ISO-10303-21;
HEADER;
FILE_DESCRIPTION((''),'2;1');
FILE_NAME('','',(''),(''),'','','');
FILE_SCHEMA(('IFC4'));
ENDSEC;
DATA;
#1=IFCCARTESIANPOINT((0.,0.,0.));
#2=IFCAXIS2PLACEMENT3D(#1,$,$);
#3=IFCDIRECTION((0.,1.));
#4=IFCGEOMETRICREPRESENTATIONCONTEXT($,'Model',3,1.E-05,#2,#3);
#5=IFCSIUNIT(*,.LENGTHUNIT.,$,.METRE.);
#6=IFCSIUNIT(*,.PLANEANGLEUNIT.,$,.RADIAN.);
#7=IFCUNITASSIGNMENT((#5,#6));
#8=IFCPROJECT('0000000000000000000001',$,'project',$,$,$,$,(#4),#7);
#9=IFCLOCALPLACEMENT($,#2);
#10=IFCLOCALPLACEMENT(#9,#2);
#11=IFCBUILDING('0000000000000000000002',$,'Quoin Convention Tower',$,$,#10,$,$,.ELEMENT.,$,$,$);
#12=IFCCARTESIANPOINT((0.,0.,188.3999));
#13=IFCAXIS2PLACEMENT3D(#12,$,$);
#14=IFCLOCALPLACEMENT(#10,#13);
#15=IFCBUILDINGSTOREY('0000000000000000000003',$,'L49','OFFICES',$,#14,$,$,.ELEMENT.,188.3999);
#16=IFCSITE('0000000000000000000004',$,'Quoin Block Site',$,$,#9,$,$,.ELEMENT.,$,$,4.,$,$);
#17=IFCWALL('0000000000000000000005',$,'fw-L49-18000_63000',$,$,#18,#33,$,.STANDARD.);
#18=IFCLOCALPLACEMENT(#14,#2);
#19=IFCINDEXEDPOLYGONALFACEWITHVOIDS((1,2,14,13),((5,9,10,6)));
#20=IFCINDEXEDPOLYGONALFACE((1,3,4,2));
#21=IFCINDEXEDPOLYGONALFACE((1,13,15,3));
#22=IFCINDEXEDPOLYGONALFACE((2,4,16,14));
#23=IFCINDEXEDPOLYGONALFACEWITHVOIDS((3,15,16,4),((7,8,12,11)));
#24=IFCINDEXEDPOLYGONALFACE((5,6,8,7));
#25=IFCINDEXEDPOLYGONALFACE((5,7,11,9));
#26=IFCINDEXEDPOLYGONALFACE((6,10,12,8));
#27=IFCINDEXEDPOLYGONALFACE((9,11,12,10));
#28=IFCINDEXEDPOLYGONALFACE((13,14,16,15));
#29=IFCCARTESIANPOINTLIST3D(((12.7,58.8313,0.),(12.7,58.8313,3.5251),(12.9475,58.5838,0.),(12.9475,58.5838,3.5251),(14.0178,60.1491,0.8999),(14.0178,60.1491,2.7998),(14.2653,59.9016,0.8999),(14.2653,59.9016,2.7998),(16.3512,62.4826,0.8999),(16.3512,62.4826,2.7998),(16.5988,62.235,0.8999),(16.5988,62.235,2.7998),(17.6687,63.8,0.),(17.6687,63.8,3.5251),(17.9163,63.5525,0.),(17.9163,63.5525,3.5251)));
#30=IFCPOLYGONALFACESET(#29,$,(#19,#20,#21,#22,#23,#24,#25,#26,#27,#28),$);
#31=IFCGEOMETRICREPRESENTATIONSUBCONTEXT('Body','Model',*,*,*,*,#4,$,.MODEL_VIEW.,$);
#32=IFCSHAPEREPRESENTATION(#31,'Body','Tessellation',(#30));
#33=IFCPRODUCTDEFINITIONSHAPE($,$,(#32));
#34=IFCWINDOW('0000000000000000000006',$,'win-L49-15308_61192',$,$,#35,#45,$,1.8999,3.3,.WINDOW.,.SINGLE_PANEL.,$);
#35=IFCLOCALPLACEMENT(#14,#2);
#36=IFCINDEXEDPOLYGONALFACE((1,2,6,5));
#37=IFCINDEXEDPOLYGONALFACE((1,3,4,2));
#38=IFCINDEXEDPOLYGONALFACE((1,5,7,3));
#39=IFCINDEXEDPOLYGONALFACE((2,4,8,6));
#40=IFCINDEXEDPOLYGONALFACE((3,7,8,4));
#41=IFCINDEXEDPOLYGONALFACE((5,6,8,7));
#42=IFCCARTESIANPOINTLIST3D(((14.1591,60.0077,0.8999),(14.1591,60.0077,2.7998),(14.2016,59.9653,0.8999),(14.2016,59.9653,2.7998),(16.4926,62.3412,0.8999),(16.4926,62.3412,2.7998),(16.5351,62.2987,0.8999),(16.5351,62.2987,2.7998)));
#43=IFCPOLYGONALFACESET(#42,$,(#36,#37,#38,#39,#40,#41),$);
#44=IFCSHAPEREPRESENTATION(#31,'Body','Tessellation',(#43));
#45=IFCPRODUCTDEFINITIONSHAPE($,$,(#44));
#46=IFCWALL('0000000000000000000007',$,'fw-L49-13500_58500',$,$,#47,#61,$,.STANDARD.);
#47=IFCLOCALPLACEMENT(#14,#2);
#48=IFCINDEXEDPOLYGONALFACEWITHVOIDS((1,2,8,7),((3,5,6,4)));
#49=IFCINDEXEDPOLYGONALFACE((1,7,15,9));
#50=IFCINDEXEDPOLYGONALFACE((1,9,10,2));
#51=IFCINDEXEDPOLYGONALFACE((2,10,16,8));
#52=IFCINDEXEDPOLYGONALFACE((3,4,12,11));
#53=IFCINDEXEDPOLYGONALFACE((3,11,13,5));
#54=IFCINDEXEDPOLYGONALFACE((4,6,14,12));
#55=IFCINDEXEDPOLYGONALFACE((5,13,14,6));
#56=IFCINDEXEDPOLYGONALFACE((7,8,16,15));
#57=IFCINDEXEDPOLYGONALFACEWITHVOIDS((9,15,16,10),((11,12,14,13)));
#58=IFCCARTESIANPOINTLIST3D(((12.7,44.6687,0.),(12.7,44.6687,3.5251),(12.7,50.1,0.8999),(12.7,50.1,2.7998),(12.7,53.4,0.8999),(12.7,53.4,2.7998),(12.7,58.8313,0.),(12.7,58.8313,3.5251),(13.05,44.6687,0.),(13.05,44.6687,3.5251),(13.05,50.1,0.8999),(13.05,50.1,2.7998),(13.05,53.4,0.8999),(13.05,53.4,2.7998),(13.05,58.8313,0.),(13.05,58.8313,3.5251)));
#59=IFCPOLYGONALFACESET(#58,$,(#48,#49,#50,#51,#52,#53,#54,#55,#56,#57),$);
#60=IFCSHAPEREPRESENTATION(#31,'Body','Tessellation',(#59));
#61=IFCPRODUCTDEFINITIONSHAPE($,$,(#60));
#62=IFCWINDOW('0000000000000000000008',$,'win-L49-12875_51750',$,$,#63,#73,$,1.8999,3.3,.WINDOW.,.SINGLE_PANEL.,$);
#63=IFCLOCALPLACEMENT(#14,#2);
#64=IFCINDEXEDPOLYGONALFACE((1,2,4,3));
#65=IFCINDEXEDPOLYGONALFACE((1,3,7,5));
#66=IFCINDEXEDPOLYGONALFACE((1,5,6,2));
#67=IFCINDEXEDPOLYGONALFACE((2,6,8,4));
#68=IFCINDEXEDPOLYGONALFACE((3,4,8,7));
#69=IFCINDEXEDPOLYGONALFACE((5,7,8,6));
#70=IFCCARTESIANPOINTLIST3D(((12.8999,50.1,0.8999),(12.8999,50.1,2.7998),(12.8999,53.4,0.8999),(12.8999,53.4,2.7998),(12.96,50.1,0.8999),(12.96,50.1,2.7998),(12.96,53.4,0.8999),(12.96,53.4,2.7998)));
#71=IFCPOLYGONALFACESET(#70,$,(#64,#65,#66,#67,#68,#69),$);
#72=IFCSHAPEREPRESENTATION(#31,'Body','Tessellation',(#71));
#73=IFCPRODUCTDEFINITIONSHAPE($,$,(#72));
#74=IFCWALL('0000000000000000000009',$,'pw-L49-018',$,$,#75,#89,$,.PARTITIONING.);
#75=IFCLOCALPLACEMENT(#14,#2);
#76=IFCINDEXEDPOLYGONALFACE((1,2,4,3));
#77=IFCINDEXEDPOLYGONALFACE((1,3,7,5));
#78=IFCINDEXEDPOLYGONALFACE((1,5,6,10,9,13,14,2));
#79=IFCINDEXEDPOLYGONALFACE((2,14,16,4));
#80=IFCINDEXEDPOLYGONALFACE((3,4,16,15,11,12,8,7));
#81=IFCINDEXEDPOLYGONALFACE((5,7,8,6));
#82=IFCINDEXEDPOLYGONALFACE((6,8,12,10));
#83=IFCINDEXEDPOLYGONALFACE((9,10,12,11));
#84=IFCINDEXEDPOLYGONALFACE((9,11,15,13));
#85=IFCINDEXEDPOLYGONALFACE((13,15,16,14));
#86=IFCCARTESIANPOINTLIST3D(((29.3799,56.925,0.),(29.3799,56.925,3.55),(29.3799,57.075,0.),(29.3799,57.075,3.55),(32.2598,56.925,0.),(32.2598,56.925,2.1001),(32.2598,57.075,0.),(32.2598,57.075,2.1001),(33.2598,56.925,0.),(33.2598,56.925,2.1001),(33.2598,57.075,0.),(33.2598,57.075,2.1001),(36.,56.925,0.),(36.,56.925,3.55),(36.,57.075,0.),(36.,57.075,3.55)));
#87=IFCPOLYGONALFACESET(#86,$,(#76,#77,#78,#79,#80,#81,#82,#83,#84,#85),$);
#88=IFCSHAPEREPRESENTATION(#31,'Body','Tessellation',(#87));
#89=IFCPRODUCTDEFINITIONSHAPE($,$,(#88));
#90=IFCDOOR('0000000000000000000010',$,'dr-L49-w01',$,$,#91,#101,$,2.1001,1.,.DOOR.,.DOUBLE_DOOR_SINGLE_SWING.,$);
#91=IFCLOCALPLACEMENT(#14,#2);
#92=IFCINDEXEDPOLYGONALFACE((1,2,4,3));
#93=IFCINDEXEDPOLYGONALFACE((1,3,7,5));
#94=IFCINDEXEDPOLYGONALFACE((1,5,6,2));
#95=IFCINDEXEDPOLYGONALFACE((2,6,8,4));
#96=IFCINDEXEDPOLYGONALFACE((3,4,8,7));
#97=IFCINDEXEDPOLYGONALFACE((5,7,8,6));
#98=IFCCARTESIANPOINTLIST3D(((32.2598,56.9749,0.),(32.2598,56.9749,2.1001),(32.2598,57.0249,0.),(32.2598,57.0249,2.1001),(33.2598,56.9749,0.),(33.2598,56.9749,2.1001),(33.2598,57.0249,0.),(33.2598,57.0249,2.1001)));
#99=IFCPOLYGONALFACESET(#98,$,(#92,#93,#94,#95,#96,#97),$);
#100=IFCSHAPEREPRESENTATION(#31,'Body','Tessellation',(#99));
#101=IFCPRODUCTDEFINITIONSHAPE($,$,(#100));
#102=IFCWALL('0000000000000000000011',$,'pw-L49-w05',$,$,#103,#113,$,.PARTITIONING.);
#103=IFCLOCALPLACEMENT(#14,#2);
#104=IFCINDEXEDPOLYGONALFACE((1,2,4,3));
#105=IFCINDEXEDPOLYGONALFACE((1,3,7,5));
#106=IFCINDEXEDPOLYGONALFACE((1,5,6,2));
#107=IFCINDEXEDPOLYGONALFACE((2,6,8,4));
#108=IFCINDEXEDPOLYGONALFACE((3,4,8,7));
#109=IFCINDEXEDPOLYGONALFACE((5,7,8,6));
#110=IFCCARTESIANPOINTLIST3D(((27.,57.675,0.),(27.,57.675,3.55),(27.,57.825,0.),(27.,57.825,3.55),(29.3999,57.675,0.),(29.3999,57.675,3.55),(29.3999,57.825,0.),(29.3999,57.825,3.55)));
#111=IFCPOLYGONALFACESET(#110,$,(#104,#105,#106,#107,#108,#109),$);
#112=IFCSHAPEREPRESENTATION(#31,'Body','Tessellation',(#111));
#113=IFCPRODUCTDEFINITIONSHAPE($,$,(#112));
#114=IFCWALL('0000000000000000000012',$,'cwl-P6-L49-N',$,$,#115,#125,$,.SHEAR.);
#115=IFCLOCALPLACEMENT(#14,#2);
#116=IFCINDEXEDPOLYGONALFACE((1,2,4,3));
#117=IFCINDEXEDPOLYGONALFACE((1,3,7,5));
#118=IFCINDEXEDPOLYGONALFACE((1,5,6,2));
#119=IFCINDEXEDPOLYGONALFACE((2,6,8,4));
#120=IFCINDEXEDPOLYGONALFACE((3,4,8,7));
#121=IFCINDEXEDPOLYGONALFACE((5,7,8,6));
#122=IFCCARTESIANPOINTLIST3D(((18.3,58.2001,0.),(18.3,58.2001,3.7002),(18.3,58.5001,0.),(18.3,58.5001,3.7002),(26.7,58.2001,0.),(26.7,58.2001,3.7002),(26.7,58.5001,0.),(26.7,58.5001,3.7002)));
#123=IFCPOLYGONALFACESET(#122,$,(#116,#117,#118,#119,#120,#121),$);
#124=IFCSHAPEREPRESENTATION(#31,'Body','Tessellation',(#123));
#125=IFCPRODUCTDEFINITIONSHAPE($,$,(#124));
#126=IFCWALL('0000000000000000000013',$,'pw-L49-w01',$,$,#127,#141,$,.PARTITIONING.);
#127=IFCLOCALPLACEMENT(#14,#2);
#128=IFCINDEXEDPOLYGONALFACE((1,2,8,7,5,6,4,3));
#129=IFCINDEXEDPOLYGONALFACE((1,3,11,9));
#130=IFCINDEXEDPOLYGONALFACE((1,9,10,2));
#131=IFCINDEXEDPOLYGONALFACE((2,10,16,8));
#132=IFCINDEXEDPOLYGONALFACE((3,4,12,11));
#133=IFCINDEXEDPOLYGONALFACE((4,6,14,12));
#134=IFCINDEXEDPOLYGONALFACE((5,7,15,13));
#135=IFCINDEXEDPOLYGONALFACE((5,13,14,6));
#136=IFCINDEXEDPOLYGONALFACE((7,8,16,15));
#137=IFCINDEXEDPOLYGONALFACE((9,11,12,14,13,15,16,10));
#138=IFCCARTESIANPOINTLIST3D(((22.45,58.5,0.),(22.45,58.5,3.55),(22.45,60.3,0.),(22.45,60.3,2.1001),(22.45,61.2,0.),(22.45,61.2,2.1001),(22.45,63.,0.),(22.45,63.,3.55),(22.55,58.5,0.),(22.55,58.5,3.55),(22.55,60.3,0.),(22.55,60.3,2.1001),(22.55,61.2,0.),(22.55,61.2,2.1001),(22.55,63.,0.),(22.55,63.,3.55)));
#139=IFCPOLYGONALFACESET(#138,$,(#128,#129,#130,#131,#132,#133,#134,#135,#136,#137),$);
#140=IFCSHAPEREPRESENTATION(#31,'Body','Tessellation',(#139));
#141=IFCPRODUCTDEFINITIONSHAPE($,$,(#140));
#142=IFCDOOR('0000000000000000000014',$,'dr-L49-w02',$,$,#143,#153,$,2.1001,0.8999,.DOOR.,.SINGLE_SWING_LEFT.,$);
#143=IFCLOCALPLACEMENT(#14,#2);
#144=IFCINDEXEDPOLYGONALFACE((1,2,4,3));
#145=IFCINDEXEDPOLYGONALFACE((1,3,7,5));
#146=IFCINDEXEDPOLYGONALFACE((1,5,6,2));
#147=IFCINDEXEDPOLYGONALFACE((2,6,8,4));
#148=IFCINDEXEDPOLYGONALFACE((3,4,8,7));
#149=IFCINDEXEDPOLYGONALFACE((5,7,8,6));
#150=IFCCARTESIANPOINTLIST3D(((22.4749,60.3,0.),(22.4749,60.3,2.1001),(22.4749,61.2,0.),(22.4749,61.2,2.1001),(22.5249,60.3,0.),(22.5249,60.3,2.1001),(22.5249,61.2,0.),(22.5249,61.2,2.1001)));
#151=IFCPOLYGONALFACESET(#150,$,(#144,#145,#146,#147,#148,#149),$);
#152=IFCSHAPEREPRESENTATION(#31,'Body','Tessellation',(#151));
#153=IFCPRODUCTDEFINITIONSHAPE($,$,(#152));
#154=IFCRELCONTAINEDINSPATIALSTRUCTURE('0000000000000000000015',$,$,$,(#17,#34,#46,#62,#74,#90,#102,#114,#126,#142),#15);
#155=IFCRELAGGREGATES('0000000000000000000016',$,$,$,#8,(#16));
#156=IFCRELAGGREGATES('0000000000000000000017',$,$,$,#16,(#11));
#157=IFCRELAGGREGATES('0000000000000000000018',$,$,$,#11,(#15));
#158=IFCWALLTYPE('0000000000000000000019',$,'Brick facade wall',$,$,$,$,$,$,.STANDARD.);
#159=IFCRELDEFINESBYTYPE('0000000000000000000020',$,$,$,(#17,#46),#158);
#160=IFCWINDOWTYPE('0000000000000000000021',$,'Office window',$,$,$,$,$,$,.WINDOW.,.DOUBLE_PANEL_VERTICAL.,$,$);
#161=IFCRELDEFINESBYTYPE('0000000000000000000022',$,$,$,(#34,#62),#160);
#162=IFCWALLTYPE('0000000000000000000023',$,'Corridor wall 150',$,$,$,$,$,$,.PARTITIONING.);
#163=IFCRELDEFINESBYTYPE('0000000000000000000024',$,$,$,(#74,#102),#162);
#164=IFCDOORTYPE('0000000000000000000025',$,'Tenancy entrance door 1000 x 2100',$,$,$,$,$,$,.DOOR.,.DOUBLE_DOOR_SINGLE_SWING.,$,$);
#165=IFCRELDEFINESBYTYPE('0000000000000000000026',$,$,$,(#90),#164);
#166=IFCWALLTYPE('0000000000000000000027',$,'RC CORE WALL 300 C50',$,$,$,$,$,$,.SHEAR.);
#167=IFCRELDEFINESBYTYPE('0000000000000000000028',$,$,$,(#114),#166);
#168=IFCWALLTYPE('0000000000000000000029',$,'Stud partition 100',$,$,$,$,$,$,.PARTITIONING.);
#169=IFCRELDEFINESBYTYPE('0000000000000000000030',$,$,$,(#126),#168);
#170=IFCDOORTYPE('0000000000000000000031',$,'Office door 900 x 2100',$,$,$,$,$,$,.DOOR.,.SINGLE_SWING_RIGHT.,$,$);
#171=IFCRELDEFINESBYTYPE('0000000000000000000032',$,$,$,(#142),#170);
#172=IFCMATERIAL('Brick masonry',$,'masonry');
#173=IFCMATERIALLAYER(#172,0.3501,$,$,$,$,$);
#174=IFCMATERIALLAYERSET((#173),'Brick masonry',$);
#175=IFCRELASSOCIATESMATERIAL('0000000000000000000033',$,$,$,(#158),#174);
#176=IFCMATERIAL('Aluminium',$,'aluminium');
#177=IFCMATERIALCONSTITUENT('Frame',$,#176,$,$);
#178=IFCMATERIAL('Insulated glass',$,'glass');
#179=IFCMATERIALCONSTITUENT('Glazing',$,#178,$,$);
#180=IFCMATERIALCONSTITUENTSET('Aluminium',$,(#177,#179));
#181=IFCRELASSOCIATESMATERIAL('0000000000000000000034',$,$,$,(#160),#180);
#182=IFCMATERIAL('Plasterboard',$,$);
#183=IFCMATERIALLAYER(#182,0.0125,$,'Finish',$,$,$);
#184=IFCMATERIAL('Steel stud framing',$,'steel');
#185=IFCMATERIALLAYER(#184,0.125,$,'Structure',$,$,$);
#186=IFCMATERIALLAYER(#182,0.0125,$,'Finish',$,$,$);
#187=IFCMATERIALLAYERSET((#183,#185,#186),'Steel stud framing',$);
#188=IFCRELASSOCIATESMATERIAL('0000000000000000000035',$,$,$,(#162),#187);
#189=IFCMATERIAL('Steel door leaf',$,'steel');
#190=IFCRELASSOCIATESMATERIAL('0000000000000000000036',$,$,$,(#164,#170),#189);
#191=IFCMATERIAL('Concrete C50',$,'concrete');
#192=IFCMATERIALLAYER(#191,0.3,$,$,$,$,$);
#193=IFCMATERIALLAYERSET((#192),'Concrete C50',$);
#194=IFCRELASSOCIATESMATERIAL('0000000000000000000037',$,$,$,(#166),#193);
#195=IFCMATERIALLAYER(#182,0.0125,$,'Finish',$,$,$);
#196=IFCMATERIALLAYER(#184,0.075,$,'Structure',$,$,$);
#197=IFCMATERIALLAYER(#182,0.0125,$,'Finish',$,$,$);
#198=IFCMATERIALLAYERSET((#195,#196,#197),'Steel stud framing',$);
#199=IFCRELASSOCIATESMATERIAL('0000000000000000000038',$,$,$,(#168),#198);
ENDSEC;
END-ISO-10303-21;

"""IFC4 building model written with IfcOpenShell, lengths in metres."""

from ifc_helpers import new_model, si_unit, direction, frame, frame_2d, origin, place, context, subcontext, project, spatial, rectangle, extrude, material, layer, layer_set, constituent, constituent_set, type_object, element, fill, save


model = new_model("IFC4")

# Units and contexts
model_context = context("Model", 3, precision=1e-05, world=origin(), true_north=direction((0.0, 1.0)))
body_context = subcontext(model_context, "Body", "Model", "MODEL_VIEW")
ifc_project = project(units=[si_unit("LENGTHUNIT", "METRE"), si_unit("PLANEANGLEUNIT", "RADIAN")], contexts=[model_context])

# Site, building, storey
site_placement = place(None, origin())
site = spatial("IfcSite", under=ifc_project, at=site_placement, Name="Quoin Block Site", CompositionType="ELEMENT", RefElevation=4.0)
building_placement = place(site_placement, origin())
building = spatial("IfcBuilding", under=site, at=building_placement, Name="Quoin Convention Tower", CompositionType="ELEMENT")
storey_placement = place(building_placement, frame((0.0, 0.0, 188.3999)))
storey = spatial("IfcBuildingStorey", under=building, at=storey_placement, Name="L49", Description="OFFICES", CompositionType="ELEMENT", Elevation=188.3999)

# Shared definitions
ifc_material_1 = material(Name="Concrete C50", Category="concrete")

# Walls, openings, windows
ifc_material_2 = material(Name="Brick masonry", Category="masonry")
ifc_layer_1 = layer(ifc_material_2, 0.3501)
ifc_layer_set_1 = layer_set([ifc_layer_1], Name="Brick masonry")
wall_type_1 = type_object("IfcWallType", Name="Brick facade wall", PredefinedType="STANDARD", material=ifc_layer_set_1)
wall_1_placement = place(storey_placement, frame((17.7925, 63.6763, 0.0), z_axis=(0.0, 0.0, 1.0), x_axis=(-0.707107, -0.707107, 0.0)))
wall_1 = element("IfcWall", 1, at=wall_1_placement, inside=storey, type_object=wall_type_1, Name="fw-L49-18000_63000", PredefinedType="STANDARD", context=body_context, shape_type="SweptSolid", body=[
    extrude(rectangle(XDim=7.0269, YDim=0.3501, at=frame_2d((3.5134, 0.0))), origin(), (0.0, 0.0, 1.0), 3.5251),
])
opening_1_placement = place(wall_1_placement, frame((1.8633, 0.0, 0.8999)))
opening_1 = element("IfcOpeningElement", 2, at=opening_1_placement, cuts=wall_1, PredefinedType="OPENING", context=body_context, shape_type="SweptSolid", body=[
    extrude(rectangle(XDim=3.3, YDim=1.8999, at=frame_2d((1.6499, 0.95))), frame((0.0, 0.1851, 0.0), z_axis=(0.0, -1.0, 0.0), x_axis=(1.0, 0.0, 0.0)), (0.0, 0.0, 1.0), 0.3701),
])
ifc_material_3 = material(Name="Aluminium", Category="aluminium")
ifc_constituent_1 = constituent(ifc_material_3, Name="Frame")
ifc_material_4 = material(Name="Insulated glass", Category="glass")
ifc_constituent_2 = constituent(ifc_material_4, Name="Glazing")
ifc_constituent_set = constituent_set(constituents=[ifc_constituent_1, ifc_constituent_2], Name="Aluminium")
window_type = type_object("IfcWindowType", Name="Office window", PartitioningType="DOUBLE_PANEL_VERTICAL", PredefinedType="WINDOW", material=ifc_constituent_set)
window_1_placement = place(opening_1_placement, origin())
window_1 = element("IfcWindow", 3, at=window_1_placement, inside=storey, type_object=window_type, Name="win-L49-15308_61192", OverallHeight=1.8999, OverallWidth=3.3, PartitioningType="SINGLE_PANEL", PredefinedType="WINDOW", context=body_context, shape_type="SweptSolid", body=[
    extrude(rectangle(XDim=3.3, YDim=1.8999, at=frame_2d((1.6499, 0.95))), frame((0.0, 0.085, 0.0), z_axis=(0.0, -1.0, 0.0), x_axis=(1.0, 0.0, 0.0)), (0.0, 0.0, 1.0), 0.0601),
])
fill(opening_1, window_1)
wall_2_placement = place(storey_placement, frame((12.875, 58.8313, 0.0), z_axis=(0.0, 0.0, 1.0), x_axis=(0.0, -1.0, 0.0)))
wall_2 = element("IfcWall", 4, at=wall_2_placement, inside=storey, type_object=wall_type_1, Name="fw-L49-13500_58500", PredefinedType="STANDARD", context=body_context, shape_type="SweptSolid", body=[
    extrude(rectangle(XDim=14.1626, YDim=0.3501, at=frame_2d((7.0813, 0.0))), origin(), (0.0, 0.0, 1.0), 3.5251),
])
opening_2_placement = place(wall_2_placement, frame((5.4314, 0.0, 0.8999)))
opening_2 = element("IfcOpeningElement", 5, at=opening_2_placement, cuts=wall_2, PredefinedType="OPENING", context=body_context, shape_type="SweptSolid", body=[
    extrude(rectangle(XDim=3.3, YDim=1.8999, at=frame_2d((1.6499, 0.95))), frame((0.0, 0.1851, 0.0), z_axis=(0.0, -1.0, 0.0), x_axis=(1.0, 0.0, 0.0)), (0.0, 0.0, 1.0), 0.3701),
])
window_2_placement = place(opening_2_placement, origin())
window_2 = element("IfcWindow", 6, at=window_2_placement, inside=storey, type_object=window_type, Name="win-L49-12875_51750", OverallHeight=1.8999, OverallWidth=3.3, PartitioningType="SINGLE_PANEL", PredefinedType="WINDOW", context=body_context, shape_type="SweptSolid", body=[
    extrude(rectangle(XDim=3.3, YDim=1.8999, at=frame_2d((1.6499, 0.95))), frame((0.0, 0.085, 0.0), z_axis=(0.0, -1.0, 0.0), x_axis=(1.0, 0.0, 0.0)), (0.0, 0.0, 1.0), 0.0601),
])
fill(opening_2, window_2)

# Wall, opening, door
ifc_material_5 = material(Name="Plasterboard")
ifc_layer_2 = layer(ifc_material_5, 0.0125, Name="Finish")
ifc_material_6 = material(Name="Steel stud framing", Category="steel")
ifc_layer_3 = layer(ifc_material_6, 0.125, Name="Structure")
ifc_layer_4 = layer(ifc_material_5, 0.0125, Name="Finish")
ifc_layer_set_2 = layer_set([ifc_layer_2, ifc_layer_3, ifc_layer_4], Name="Steel stud framing")
wall_type_2 = type_object("IfcWallType", Name="Corridor wall 150", PredefinedType="PARTITIONING", material=ifc_layer_set_2)
wall_3_placement = place(storey_placement, frame((29.3799, 57.0, 0.0), z_axis=(0.0, 0.0, 1.0), x_axis=(1.0, 0.0, 0.0)))
wall_3 = element("IfcWall", 7, at=wall_3_placement, inside=storey, type_object=wall_type_2, Name="pw-L49-018", PredefinedType="PARTITIONING", context=body_context, shape_type="SweptSolid", body=[
    extrude(rectangle(XDim=6.6201, YDim=0.1499, at=frame_2d((3.3101, 0.0))), origin(), (0.0, 0.0, 1.0), 3.55),
])
opening_3_placement = place(wall_3_placement, frame((2.8799, 0.0, 0.0)))
opening_3 = element("IfcOpeningElement", 8, at=opening_3_placement, cuts=wall_3, PredefinedType="OPENING", context=body_context, shape_type="SweptSolid", body=[
    extrude(rectangle(XDim=1.0, YDim=2.1001, at=frame_2d((0.5, 1.05))), frame((0.0, 0.085, 0.0), z_axis=(0.0, -1.0, 0.0), x_axis=(1.0, 0.0, 0.0)), (0.0, 0.0, 1.0), 0.1699),
])
ifc_material_7 = material(Name="Steel door leaf", Category="steel")
door_type_1 = type_object("IfcDoorType", Name="Tenancy entrance door 1000 x 2100", OperationType="DOUBLE_DOOR_SINGLE_SWING", PredefinedType="DOOR", material=ifc_material_7)
door_1_placement = place(opening_3_placement, origin())
door_1 = element("IfcDoor", 9, at=door_1_placement, inside=storey, type_object=door_type_1, Name="dr-L49-w01", OperationType="DOUBLE_DOOR_SINGLE_SWING", OverallHeight=2.1001, OverallWidth=1.0, PredefinedType="DOOR", context=body_context, shape_type="SweptSolid", body=[
    extrude(rectangle(XDim=1.0, YDim=2.1001, at=frame_2d((0.5, 1.05))), frame((0.0, 0.0249, 0.0), z_axis=(0.0, -1.0, 0.0), x_axis=(1.0, 0.0, 0.0)), (0.0, 0.0, 1.0), 0.05),
])
fill(opening_3, door_1)

# Walls
wall_4_placement = place(storey_placement, frame((27.0, 57.75, 0.0), z_axis=(0.0, 0.0, 1.0), x_axis=(1.0, 0.0, 0.0)))
element("IfcWall", 10, at=wall_4_placement, inside=storey, type_object=wall_type_2, Name="pw-L49-w05", PredefinedType="PARTITIONING", context=body_context, shape_type="SweptSolid", body=[
    extrude(rectangle(XDim=2.3999, YDim=0.1499, at=frame_2d((1.2, 0.0))), origin(), (0.0, 0.0, 1.0), 3.55),
])
ifc_layer_5 = layer(ifc_material_1, 0.3)
ifc_layer_set_3 = layer_set([ifc_layer_5], Name="Concrete C50")
wall_type_3 = type_object("IfcWallType", Name="RC CORE WALL 300 C50", PredefinedType="SHEAR", material=ifc_layer_set_3)
wall_5_placement = place(storey_placement, frame((18.3, 58.3501, 0.0), z_axis=(0.0, 0.0, 1.0), x_axis=(1.0, 0.0, 0.0)))
element("IfcWall", 11, at=wall_5_placement, inside=storey, type_object=wall_type_3, Name="cwl-P6-L49-N", PredefinedType="SHEAR", context=body_context, shape_type="SweptSolid", body=[
    extrude(rectangle(XDim=8.3999, YDim=0.3, at=frame_2d((4.2, 0.0))), origin(), (0.0, 0.0, 1.0), 3.7002),
])

# Wall, opening, door
ifc_layer_6 = layer(ifc_material_5, 0.0125, Name="Finish")
ifc_layer_7 = layer(ifc_material_6, 0.075, Name="Structure")
ifc_layer_8 = layer(ifc_material_5, 0.0125, Name="Finish")
ifc_layer_set_4 = layer_set([ifc_layer_6, ifc_layer_7, ifc_layer_8], Name="Steel stud framing")
wall_type_4 = type_object("IfcWallType", Name="Stud partition 100", PredefinedType="PARTITIONING", material=ifc_layer_set_4)
wall_6_placement = place(storey_placement, frame((22.5, 63.0, 0.0), z_axis=(0.0, 0.0, 1.0), x_axis=(0.0, -1.0, 0.0)))
wall_6 = element("IfcWall", 12, at=wall_6_placement, inside=storey, type_object=wall_type_4, Name="pw-L49-w01", PredefinedType="PARTITIONING", context=body_context, shape_type="SweptSolid", body=[
    extrude(rectangle(XDim=4.5, YDim=0.1001, at=frame_2d((2.25, 0.0))), origin(), (0.0, 0.0, 1.0), 3.55),
])
opening_4_placement = place(wall_6_placement, frame((1.8, 0.0, 0.0)))
opening_4 = element("IfcOpeningElement", 13, at=opening_4_placement, cuts=wall_6, PredefinedType="OPENING", context=body_context, shape_type="SweptSolid", body=[
    extrude(rectangle(XDim=0.8999, YDim=2.1001, at=frame_2d((0.45, 1.05))), frame((0.0, 0.0601, 0.0), z_axis=(0.0, -1.0, 0.0), x_axis=(1.0, 0.0, 0.0)), (0.0, 0.0, 1.0), 0.1201),
])
door_type_2 = type_object("IfcDoorType", Name="Office door 900 x 2100", OperationType="SINGLE_SWING_RIGHT", PredefinedType="DOOR", material=ifc_material_7)
door_2_placement = place(opening_4_placement, origin())
door_2 = element("IfcDoor", 14, at=door_2_placement, inside=storey, type_object=door_type_2, Name="dr-L49-w02", OperationType="SINGLE_SWING_LEFT", OverallHeight=2.1001, OverallWidth=0.8999, PredefinedType="DOOR", context=body_context, shape_type="SweptSolid", body=[
    extrude(rectangle(XDim=0.8999, YDim=2.1001, at=frame_2d((0.45, 1.05))), frame((0.0, 0.0249, 0.0), z_axis=(0.0, -1.0, 0.0), x_axis=(1.0, 0.0, 0.0)), (0.0, 0.0, 1.0), 0.05),
])
fill(opening_4, door_2)

save(model, "model.ifc")
